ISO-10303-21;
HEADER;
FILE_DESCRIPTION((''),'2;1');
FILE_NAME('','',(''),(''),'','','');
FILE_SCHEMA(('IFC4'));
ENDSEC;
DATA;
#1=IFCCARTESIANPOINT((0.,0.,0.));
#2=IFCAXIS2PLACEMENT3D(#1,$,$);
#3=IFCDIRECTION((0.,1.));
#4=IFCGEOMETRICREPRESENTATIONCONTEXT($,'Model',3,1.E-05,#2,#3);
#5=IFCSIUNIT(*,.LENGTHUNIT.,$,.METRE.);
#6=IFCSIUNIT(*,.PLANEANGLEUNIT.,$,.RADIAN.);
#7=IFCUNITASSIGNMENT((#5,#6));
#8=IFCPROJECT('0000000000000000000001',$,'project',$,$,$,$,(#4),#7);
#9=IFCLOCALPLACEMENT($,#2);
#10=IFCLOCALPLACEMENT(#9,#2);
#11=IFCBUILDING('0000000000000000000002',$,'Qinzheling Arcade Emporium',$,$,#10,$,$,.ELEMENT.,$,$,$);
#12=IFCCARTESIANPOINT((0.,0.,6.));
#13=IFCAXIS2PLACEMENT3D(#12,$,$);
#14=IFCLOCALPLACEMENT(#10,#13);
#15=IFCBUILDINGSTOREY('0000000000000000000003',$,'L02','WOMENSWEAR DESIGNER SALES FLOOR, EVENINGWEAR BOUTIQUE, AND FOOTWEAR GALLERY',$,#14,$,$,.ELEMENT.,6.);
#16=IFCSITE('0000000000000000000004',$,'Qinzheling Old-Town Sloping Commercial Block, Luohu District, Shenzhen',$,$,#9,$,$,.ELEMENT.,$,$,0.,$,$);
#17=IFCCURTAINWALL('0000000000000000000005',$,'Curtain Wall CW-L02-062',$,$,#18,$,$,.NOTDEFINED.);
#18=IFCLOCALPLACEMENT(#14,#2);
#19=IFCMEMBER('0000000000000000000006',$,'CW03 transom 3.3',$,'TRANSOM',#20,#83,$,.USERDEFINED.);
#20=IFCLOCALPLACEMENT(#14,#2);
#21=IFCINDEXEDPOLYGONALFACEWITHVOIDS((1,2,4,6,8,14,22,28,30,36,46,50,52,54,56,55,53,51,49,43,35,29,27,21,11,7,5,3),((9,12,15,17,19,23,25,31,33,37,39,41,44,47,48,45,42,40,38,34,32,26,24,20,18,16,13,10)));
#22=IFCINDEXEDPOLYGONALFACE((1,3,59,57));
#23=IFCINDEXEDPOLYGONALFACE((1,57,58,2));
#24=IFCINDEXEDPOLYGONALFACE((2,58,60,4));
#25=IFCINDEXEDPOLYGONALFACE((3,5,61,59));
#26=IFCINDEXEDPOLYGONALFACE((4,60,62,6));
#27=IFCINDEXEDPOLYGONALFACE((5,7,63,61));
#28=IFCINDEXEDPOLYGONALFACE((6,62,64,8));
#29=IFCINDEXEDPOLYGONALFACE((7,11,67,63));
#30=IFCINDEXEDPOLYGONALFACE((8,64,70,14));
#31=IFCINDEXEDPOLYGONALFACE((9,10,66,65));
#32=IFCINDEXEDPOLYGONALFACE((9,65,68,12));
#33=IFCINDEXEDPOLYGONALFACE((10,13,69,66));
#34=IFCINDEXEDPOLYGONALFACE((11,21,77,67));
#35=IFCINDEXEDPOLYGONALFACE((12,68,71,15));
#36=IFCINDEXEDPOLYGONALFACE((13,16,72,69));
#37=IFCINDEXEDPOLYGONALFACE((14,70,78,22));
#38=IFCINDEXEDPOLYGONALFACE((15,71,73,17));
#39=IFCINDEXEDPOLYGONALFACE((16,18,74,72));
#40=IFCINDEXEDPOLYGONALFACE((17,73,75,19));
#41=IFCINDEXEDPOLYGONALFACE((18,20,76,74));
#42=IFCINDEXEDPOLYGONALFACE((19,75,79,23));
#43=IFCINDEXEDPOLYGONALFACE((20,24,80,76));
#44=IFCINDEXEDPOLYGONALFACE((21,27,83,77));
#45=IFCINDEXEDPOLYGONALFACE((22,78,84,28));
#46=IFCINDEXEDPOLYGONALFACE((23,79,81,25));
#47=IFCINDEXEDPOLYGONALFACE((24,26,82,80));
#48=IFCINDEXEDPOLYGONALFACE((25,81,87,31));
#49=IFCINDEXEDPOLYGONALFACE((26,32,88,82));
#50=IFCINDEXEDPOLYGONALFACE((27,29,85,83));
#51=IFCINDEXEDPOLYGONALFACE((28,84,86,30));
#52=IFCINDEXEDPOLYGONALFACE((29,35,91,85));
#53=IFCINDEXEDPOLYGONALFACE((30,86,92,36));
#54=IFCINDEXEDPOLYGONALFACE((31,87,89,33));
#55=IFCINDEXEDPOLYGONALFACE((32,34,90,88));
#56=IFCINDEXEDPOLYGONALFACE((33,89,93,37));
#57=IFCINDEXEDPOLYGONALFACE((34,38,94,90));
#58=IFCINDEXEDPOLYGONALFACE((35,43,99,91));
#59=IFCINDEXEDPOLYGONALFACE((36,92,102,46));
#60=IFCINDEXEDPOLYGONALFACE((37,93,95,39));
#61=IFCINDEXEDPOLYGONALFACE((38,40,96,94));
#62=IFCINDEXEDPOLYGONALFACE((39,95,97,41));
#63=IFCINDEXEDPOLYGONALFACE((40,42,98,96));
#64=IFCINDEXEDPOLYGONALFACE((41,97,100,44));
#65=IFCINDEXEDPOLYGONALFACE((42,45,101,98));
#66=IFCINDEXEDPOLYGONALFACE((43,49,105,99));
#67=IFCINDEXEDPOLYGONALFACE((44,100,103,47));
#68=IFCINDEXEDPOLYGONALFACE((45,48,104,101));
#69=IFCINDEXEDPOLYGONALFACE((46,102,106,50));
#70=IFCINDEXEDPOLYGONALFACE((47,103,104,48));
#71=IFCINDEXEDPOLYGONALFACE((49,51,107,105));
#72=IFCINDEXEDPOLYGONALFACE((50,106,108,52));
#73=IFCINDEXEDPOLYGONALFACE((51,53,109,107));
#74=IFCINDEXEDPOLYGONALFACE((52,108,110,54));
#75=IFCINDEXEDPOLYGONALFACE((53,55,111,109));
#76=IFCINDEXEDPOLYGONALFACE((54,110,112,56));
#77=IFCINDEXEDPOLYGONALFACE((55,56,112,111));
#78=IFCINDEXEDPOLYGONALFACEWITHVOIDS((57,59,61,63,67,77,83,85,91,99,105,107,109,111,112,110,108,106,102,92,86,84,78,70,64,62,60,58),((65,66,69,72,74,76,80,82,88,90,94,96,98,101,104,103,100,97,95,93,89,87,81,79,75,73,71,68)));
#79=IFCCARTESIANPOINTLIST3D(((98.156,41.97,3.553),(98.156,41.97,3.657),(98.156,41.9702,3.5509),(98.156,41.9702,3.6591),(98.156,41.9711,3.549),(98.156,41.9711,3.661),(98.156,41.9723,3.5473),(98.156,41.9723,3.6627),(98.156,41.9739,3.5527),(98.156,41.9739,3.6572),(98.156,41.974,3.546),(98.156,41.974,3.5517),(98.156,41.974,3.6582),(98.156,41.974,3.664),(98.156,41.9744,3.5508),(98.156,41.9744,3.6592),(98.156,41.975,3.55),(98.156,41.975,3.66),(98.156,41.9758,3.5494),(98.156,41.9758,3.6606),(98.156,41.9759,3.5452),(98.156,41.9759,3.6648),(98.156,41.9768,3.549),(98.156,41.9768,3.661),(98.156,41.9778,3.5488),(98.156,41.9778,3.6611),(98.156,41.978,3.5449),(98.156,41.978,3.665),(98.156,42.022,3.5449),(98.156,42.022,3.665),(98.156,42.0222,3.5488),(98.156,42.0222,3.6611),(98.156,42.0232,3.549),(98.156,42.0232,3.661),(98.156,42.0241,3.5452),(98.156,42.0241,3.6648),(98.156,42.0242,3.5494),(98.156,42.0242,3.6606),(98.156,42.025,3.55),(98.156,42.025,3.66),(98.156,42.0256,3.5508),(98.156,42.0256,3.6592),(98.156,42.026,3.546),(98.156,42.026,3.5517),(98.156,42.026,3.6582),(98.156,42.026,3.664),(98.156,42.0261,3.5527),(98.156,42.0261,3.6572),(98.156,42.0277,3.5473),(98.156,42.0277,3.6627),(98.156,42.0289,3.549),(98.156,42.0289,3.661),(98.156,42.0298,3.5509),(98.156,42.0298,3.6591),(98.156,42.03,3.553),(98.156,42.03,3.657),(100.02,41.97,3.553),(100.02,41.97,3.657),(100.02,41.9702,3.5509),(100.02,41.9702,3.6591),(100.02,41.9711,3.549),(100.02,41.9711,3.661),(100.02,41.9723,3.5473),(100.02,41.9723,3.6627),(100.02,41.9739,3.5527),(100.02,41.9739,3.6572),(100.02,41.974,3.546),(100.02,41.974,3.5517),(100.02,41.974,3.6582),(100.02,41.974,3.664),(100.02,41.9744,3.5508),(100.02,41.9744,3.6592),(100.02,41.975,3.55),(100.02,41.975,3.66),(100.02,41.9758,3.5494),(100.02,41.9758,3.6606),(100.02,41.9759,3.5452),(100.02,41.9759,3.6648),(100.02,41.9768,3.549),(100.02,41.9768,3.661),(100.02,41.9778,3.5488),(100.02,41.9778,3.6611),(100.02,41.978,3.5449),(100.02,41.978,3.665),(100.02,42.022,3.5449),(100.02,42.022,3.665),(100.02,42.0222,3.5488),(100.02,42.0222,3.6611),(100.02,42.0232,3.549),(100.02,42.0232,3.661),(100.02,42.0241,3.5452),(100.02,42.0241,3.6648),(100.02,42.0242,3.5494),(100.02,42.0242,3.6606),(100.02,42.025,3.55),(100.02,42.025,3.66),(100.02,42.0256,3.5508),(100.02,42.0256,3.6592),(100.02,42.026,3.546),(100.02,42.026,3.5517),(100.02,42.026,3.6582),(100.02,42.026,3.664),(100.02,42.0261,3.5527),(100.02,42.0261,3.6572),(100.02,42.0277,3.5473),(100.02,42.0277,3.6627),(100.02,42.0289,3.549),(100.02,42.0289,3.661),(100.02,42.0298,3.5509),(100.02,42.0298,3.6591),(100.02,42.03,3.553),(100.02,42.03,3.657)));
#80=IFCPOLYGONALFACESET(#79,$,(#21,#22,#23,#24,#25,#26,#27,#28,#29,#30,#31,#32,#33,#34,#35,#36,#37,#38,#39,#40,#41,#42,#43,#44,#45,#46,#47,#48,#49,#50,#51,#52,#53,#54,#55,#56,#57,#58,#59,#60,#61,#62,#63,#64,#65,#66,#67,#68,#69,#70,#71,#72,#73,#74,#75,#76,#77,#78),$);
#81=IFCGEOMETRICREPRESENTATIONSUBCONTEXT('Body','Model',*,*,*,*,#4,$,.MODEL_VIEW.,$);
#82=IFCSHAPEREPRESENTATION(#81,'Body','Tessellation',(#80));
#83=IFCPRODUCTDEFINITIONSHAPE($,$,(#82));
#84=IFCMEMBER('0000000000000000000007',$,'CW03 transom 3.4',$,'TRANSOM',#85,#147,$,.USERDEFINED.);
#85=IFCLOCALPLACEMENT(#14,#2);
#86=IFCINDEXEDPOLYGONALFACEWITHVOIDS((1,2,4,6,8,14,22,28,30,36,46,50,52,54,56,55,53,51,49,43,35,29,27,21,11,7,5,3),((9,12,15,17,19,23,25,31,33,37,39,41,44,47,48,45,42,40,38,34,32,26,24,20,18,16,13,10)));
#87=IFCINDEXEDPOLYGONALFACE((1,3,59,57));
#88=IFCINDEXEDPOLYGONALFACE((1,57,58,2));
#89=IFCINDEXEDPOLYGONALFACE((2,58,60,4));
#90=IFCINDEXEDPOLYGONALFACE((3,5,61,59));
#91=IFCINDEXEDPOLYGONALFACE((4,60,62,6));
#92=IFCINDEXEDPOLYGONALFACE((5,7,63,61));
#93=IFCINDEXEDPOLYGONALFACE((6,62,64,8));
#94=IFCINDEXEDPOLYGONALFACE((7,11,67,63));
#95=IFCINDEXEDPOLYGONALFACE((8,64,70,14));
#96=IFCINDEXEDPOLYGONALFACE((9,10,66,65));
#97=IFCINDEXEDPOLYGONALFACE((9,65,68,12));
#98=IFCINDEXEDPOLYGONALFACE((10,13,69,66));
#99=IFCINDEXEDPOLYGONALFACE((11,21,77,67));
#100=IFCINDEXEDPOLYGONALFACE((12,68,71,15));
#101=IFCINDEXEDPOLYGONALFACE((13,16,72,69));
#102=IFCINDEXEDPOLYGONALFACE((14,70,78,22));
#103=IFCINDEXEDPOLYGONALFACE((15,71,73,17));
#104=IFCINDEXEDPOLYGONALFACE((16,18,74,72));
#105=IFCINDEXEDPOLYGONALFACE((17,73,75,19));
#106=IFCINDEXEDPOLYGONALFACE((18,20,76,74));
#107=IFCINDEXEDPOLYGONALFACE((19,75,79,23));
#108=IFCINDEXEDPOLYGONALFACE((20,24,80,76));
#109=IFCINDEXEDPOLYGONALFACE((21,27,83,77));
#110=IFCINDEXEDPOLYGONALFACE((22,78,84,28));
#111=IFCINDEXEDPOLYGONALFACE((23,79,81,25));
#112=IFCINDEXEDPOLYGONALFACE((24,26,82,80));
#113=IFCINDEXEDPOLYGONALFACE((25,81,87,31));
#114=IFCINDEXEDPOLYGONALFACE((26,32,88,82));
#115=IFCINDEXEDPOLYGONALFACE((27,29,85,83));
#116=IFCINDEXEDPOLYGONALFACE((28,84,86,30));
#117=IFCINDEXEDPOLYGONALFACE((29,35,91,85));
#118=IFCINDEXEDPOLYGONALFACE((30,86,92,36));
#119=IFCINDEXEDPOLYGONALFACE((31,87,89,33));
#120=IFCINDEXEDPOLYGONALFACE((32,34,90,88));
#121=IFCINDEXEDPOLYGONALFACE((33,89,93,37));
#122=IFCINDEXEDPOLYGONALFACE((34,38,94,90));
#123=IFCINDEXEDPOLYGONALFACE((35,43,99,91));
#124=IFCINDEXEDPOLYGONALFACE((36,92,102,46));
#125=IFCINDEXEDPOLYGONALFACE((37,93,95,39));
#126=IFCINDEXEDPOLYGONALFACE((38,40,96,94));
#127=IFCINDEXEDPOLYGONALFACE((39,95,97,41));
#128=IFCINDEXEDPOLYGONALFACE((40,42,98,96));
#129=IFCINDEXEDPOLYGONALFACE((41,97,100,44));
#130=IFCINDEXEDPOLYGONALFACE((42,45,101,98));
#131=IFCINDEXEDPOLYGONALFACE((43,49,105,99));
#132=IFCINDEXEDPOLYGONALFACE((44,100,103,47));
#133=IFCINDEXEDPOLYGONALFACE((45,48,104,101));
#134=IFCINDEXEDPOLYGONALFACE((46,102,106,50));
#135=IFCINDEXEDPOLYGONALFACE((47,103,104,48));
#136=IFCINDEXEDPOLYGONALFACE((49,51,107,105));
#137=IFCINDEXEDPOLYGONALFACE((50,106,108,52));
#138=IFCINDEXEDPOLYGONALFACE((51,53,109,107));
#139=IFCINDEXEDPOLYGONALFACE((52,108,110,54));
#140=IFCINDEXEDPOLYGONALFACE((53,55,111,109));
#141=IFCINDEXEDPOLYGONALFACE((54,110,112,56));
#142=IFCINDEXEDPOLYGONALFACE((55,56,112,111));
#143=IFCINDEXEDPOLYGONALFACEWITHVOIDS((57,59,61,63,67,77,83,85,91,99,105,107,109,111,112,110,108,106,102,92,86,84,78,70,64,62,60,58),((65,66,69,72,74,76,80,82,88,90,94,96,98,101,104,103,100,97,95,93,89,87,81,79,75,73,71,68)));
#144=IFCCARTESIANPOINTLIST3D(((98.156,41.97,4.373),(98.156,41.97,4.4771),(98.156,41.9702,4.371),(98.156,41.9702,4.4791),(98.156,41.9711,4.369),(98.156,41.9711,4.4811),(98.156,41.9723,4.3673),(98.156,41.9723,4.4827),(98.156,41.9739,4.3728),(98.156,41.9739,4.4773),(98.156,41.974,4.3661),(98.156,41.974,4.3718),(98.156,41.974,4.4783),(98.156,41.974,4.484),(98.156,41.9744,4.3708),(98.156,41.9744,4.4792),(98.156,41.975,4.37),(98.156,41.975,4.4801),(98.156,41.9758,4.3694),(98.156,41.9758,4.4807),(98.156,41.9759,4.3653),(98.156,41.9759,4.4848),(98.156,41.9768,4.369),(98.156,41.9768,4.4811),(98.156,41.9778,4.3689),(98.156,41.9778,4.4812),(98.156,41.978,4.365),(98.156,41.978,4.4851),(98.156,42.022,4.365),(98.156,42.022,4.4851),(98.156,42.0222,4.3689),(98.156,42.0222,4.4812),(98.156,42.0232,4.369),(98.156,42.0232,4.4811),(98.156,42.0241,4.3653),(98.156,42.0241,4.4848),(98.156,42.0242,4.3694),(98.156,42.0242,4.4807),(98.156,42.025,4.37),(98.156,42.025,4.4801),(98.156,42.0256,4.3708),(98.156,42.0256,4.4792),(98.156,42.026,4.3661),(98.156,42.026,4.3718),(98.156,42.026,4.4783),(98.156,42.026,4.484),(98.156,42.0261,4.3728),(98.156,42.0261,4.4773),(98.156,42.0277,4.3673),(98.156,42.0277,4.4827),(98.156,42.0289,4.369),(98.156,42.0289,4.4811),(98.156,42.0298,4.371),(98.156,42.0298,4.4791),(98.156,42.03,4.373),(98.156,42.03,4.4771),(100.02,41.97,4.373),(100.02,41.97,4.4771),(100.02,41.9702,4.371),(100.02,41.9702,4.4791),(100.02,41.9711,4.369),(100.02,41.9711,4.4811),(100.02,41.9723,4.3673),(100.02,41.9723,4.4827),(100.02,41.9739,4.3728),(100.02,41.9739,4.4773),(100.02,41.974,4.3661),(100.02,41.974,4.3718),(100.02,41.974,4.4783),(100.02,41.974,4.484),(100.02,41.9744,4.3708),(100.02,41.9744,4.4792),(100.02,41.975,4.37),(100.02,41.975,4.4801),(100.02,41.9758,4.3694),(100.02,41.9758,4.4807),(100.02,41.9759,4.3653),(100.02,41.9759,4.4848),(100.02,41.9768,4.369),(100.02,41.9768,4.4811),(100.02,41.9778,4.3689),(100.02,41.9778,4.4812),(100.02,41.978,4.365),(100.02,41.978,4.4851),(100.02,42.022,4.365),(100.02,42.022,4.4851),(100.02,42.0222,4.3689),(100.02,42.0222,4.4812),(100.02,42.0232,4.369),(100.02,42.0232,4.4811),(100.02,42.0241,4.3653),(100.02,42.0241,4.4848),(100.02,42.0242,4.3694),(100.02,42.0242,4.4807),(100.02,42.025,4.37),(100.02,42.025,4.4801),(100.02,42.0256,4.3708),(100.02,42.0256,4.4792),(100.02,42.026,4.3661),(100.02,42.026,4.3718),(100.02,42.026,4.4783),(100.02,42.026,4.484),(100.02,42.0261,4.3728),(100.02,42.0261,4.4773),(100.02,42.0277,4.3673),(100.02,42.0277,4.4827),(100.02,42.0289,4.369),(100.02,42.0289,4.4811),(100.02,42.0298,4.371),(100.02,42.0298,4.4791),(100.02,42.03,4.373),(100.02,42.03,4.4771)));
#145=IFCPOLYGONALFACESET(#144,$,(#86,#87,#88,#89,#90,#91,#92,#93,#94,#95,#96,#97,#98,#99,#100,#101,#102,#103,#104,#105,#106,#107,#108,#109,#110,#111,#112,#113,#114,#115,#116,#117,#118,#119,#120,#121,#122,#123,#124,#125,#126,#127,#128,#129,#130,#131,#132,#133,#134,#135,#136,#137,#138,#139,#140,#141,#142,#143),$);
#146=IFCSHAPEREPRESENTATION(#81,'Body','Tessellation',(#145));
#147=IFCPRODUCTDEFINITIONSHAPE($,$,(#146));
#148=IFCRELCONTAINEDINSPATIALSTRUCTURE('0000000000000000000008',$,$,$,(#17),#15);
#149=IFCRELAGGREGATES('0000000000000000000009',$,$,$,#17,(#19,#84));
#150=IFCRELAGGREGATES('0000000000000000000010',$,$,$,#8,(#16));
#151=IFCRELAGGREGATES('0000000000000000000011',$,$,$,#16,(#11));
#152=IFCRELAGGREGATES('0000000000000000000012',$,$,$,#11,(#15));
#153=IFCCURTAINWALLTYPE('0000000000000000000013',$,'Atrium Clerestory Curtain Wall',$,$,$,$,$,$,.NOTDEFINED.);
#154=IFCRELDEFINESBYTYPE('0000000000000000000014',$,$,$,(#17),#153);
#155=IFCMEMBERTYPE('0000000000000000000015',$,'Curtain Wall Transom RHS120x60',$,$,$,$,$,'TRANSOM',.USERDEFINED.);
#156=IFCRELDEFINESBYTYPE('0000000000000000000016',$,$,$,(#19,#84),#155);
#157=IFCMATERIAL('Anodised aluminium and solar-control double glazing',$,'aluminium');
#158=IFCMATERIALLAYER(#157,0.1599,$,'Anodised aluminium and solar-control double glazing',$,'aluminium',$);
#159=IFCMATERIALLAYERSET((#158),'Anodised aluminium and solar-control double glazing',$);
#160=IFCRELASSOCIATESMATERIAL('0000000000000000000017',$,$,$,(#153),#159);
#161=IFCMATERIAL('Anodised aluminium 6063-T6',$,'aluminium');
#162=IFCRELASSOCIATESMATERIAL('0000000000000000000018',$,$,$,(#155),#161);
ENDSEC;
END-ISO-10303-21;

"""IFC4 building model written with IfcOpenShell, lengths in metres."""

from ifc_helpers import new_model, si_unit, direction, frame, origin, origin_2d, place, context, subcontext, project, spatial, hollow_rectangle, extrude, material, layer, layer_set, material_profile, profile_set, type_object, element, aggregate, save


model = new_model("IFC4")

# Units and contexts
model_context = context("Model", 3, precision=1e-05, world=origin(), true_north=direction((0.0, 1.0)))
body_context = subcontext(model_context, "Body", "Model", "MODEL_VIEW")
ifc_project = project(units=[si_unit("LENGTHUNIT", "METRE"), si_unit("PLANEANGLEUNIT", "RADIAN")], contexts=[model_context])

# Site, building, storey
site_placement = place(None, origin())
site = spatial("IfcSite", under=ifc_project, at=site_placement, Name="Qinzheling Old-Town Sloping Commercial Block, Luohu District, Shenzhen", CompositionType="ELEMENT", RefElevation=0.0)
building_placement = place(site_placement, origin())
building = spatial("IfcBuilding", under=site, at=building_placement, Name="Qinzheling Arcade Emporium", CompositionType="ELEMENT")
storey_placement = place(building_placement, frame((0.0, 0.0, 6.0)))
storey = spatial("IfcBuildingStorey", under=building, at=storey_placement, Name="L02", Description="WOMENSWEAR DESIGNER SALES FLOOR, EVENINGWEAR BOUTIQUE, AND FOOTWEAR GALLERY", CompositionType="ELEMENT", Elevation=6.0)

# Curtain wall, members
ifc_material_1 = material(Name="Anodised aluminium and solar-control double glazing", Category="aluminium")
ifc_layer_1 = layer(ifc_material_1, 0.1599, Name="Anodised aluminium and solar-control double glazing", Category="aluminium")
ifc_layer_set_1 = layer_set([ifc_layer_1], Name="Anodised aluminium and solar-control double glazing")
curtain_wall_type = type_object("IfcCurtainWallType", Name="Atrium Clerestory Curtain Wall", PredefinedType="NOTDEFINED", material=ifc_layer_set_1)
curtain_wall_placement = place(storey_placement, origin())
curtain_wall = element("IfcCurtainWall", 1, at=curtain_wall_placement, inside=storey, type_object=curtain_wall_type, Name="Curtain Wall CW-L02-062", PredefinedType="NOTDEFINED")
ifc_material_2 = material(Name="Anodised aluminium 6063-T6", Category="aluminium")
ifc_material_profile_1 = material_profile(ifc_material_2, hollow_rectangle(XDim=0.0601, YDim=0.1201, WallThickness=0.0039, InnerFilletRadius=0.0039, OuterFilletRadius=0.0081, at=origin_2d()), Name="RHS 120x60x4", Category="aluminium")
ifc_profile_set_1 = profile_set([ifc_material_profile_1], Name="Anodised aluminium 6063-T6")
member_type_1 = type_object("IfcMemberType", Name="Curtain Wall Transom RHS120x60", ElementType="TRANSOM", PredefinedType="USERDEFINED", material=ifc_profile_set_1)
member_1_placement = place(storey_placement, frame((100.02, 42.0, 3.605), z_axis=(-1.0, 0.0, 0.0), x_axis=(0.0, -1.0, 0.0)))
member_1 = element("IfcMember", 2, at=member_1_placement, type_object=member_type_1, Name="CW03 transom 3.3", ObjectType="TRANSOM", PredefinedType="USERDEFINED", context=body_context, shape_type="SweptSolid", body=[
    extrude(hollow_rectangle(XDim=0.0601, YDim=0.1201, WallThickness=0.0039, InnerFilletRadius=0.0039, OuterFilletRadius=0.0081, at=origin_2d()), origin(), (0.0, 0.0, 1.0), 1.864),
])
member_2_placement = place(storey_placement, frame((100.02, 42.0, 4.425), z_axis=(-1.0, 0.0, 0.0), x_axis=(0.0, -1.0, 0.0)))
member_2 = element("IfcMember", 3, at=member_2_placement, type_object=member_type_1, Name="CW03 transom 3.4", ObjectType="TRANSOM", PredefinedType="USERDEFINED", context=body_context, shape_type="SweptSolid", body=[
    extrude(hollow_rectangle(XDim=0.0601, YDim=0.1201, WallThickness=0.0039, InnerFilletRadius=0.0039, OuterFilletRadius=0.0081, at=origin_2d()), origin(), (0.0, 0.0, 1.0), 1.864),
])

aggregate(curtain_wall, [member_1, member_2])

save(model, "model.ifc")
